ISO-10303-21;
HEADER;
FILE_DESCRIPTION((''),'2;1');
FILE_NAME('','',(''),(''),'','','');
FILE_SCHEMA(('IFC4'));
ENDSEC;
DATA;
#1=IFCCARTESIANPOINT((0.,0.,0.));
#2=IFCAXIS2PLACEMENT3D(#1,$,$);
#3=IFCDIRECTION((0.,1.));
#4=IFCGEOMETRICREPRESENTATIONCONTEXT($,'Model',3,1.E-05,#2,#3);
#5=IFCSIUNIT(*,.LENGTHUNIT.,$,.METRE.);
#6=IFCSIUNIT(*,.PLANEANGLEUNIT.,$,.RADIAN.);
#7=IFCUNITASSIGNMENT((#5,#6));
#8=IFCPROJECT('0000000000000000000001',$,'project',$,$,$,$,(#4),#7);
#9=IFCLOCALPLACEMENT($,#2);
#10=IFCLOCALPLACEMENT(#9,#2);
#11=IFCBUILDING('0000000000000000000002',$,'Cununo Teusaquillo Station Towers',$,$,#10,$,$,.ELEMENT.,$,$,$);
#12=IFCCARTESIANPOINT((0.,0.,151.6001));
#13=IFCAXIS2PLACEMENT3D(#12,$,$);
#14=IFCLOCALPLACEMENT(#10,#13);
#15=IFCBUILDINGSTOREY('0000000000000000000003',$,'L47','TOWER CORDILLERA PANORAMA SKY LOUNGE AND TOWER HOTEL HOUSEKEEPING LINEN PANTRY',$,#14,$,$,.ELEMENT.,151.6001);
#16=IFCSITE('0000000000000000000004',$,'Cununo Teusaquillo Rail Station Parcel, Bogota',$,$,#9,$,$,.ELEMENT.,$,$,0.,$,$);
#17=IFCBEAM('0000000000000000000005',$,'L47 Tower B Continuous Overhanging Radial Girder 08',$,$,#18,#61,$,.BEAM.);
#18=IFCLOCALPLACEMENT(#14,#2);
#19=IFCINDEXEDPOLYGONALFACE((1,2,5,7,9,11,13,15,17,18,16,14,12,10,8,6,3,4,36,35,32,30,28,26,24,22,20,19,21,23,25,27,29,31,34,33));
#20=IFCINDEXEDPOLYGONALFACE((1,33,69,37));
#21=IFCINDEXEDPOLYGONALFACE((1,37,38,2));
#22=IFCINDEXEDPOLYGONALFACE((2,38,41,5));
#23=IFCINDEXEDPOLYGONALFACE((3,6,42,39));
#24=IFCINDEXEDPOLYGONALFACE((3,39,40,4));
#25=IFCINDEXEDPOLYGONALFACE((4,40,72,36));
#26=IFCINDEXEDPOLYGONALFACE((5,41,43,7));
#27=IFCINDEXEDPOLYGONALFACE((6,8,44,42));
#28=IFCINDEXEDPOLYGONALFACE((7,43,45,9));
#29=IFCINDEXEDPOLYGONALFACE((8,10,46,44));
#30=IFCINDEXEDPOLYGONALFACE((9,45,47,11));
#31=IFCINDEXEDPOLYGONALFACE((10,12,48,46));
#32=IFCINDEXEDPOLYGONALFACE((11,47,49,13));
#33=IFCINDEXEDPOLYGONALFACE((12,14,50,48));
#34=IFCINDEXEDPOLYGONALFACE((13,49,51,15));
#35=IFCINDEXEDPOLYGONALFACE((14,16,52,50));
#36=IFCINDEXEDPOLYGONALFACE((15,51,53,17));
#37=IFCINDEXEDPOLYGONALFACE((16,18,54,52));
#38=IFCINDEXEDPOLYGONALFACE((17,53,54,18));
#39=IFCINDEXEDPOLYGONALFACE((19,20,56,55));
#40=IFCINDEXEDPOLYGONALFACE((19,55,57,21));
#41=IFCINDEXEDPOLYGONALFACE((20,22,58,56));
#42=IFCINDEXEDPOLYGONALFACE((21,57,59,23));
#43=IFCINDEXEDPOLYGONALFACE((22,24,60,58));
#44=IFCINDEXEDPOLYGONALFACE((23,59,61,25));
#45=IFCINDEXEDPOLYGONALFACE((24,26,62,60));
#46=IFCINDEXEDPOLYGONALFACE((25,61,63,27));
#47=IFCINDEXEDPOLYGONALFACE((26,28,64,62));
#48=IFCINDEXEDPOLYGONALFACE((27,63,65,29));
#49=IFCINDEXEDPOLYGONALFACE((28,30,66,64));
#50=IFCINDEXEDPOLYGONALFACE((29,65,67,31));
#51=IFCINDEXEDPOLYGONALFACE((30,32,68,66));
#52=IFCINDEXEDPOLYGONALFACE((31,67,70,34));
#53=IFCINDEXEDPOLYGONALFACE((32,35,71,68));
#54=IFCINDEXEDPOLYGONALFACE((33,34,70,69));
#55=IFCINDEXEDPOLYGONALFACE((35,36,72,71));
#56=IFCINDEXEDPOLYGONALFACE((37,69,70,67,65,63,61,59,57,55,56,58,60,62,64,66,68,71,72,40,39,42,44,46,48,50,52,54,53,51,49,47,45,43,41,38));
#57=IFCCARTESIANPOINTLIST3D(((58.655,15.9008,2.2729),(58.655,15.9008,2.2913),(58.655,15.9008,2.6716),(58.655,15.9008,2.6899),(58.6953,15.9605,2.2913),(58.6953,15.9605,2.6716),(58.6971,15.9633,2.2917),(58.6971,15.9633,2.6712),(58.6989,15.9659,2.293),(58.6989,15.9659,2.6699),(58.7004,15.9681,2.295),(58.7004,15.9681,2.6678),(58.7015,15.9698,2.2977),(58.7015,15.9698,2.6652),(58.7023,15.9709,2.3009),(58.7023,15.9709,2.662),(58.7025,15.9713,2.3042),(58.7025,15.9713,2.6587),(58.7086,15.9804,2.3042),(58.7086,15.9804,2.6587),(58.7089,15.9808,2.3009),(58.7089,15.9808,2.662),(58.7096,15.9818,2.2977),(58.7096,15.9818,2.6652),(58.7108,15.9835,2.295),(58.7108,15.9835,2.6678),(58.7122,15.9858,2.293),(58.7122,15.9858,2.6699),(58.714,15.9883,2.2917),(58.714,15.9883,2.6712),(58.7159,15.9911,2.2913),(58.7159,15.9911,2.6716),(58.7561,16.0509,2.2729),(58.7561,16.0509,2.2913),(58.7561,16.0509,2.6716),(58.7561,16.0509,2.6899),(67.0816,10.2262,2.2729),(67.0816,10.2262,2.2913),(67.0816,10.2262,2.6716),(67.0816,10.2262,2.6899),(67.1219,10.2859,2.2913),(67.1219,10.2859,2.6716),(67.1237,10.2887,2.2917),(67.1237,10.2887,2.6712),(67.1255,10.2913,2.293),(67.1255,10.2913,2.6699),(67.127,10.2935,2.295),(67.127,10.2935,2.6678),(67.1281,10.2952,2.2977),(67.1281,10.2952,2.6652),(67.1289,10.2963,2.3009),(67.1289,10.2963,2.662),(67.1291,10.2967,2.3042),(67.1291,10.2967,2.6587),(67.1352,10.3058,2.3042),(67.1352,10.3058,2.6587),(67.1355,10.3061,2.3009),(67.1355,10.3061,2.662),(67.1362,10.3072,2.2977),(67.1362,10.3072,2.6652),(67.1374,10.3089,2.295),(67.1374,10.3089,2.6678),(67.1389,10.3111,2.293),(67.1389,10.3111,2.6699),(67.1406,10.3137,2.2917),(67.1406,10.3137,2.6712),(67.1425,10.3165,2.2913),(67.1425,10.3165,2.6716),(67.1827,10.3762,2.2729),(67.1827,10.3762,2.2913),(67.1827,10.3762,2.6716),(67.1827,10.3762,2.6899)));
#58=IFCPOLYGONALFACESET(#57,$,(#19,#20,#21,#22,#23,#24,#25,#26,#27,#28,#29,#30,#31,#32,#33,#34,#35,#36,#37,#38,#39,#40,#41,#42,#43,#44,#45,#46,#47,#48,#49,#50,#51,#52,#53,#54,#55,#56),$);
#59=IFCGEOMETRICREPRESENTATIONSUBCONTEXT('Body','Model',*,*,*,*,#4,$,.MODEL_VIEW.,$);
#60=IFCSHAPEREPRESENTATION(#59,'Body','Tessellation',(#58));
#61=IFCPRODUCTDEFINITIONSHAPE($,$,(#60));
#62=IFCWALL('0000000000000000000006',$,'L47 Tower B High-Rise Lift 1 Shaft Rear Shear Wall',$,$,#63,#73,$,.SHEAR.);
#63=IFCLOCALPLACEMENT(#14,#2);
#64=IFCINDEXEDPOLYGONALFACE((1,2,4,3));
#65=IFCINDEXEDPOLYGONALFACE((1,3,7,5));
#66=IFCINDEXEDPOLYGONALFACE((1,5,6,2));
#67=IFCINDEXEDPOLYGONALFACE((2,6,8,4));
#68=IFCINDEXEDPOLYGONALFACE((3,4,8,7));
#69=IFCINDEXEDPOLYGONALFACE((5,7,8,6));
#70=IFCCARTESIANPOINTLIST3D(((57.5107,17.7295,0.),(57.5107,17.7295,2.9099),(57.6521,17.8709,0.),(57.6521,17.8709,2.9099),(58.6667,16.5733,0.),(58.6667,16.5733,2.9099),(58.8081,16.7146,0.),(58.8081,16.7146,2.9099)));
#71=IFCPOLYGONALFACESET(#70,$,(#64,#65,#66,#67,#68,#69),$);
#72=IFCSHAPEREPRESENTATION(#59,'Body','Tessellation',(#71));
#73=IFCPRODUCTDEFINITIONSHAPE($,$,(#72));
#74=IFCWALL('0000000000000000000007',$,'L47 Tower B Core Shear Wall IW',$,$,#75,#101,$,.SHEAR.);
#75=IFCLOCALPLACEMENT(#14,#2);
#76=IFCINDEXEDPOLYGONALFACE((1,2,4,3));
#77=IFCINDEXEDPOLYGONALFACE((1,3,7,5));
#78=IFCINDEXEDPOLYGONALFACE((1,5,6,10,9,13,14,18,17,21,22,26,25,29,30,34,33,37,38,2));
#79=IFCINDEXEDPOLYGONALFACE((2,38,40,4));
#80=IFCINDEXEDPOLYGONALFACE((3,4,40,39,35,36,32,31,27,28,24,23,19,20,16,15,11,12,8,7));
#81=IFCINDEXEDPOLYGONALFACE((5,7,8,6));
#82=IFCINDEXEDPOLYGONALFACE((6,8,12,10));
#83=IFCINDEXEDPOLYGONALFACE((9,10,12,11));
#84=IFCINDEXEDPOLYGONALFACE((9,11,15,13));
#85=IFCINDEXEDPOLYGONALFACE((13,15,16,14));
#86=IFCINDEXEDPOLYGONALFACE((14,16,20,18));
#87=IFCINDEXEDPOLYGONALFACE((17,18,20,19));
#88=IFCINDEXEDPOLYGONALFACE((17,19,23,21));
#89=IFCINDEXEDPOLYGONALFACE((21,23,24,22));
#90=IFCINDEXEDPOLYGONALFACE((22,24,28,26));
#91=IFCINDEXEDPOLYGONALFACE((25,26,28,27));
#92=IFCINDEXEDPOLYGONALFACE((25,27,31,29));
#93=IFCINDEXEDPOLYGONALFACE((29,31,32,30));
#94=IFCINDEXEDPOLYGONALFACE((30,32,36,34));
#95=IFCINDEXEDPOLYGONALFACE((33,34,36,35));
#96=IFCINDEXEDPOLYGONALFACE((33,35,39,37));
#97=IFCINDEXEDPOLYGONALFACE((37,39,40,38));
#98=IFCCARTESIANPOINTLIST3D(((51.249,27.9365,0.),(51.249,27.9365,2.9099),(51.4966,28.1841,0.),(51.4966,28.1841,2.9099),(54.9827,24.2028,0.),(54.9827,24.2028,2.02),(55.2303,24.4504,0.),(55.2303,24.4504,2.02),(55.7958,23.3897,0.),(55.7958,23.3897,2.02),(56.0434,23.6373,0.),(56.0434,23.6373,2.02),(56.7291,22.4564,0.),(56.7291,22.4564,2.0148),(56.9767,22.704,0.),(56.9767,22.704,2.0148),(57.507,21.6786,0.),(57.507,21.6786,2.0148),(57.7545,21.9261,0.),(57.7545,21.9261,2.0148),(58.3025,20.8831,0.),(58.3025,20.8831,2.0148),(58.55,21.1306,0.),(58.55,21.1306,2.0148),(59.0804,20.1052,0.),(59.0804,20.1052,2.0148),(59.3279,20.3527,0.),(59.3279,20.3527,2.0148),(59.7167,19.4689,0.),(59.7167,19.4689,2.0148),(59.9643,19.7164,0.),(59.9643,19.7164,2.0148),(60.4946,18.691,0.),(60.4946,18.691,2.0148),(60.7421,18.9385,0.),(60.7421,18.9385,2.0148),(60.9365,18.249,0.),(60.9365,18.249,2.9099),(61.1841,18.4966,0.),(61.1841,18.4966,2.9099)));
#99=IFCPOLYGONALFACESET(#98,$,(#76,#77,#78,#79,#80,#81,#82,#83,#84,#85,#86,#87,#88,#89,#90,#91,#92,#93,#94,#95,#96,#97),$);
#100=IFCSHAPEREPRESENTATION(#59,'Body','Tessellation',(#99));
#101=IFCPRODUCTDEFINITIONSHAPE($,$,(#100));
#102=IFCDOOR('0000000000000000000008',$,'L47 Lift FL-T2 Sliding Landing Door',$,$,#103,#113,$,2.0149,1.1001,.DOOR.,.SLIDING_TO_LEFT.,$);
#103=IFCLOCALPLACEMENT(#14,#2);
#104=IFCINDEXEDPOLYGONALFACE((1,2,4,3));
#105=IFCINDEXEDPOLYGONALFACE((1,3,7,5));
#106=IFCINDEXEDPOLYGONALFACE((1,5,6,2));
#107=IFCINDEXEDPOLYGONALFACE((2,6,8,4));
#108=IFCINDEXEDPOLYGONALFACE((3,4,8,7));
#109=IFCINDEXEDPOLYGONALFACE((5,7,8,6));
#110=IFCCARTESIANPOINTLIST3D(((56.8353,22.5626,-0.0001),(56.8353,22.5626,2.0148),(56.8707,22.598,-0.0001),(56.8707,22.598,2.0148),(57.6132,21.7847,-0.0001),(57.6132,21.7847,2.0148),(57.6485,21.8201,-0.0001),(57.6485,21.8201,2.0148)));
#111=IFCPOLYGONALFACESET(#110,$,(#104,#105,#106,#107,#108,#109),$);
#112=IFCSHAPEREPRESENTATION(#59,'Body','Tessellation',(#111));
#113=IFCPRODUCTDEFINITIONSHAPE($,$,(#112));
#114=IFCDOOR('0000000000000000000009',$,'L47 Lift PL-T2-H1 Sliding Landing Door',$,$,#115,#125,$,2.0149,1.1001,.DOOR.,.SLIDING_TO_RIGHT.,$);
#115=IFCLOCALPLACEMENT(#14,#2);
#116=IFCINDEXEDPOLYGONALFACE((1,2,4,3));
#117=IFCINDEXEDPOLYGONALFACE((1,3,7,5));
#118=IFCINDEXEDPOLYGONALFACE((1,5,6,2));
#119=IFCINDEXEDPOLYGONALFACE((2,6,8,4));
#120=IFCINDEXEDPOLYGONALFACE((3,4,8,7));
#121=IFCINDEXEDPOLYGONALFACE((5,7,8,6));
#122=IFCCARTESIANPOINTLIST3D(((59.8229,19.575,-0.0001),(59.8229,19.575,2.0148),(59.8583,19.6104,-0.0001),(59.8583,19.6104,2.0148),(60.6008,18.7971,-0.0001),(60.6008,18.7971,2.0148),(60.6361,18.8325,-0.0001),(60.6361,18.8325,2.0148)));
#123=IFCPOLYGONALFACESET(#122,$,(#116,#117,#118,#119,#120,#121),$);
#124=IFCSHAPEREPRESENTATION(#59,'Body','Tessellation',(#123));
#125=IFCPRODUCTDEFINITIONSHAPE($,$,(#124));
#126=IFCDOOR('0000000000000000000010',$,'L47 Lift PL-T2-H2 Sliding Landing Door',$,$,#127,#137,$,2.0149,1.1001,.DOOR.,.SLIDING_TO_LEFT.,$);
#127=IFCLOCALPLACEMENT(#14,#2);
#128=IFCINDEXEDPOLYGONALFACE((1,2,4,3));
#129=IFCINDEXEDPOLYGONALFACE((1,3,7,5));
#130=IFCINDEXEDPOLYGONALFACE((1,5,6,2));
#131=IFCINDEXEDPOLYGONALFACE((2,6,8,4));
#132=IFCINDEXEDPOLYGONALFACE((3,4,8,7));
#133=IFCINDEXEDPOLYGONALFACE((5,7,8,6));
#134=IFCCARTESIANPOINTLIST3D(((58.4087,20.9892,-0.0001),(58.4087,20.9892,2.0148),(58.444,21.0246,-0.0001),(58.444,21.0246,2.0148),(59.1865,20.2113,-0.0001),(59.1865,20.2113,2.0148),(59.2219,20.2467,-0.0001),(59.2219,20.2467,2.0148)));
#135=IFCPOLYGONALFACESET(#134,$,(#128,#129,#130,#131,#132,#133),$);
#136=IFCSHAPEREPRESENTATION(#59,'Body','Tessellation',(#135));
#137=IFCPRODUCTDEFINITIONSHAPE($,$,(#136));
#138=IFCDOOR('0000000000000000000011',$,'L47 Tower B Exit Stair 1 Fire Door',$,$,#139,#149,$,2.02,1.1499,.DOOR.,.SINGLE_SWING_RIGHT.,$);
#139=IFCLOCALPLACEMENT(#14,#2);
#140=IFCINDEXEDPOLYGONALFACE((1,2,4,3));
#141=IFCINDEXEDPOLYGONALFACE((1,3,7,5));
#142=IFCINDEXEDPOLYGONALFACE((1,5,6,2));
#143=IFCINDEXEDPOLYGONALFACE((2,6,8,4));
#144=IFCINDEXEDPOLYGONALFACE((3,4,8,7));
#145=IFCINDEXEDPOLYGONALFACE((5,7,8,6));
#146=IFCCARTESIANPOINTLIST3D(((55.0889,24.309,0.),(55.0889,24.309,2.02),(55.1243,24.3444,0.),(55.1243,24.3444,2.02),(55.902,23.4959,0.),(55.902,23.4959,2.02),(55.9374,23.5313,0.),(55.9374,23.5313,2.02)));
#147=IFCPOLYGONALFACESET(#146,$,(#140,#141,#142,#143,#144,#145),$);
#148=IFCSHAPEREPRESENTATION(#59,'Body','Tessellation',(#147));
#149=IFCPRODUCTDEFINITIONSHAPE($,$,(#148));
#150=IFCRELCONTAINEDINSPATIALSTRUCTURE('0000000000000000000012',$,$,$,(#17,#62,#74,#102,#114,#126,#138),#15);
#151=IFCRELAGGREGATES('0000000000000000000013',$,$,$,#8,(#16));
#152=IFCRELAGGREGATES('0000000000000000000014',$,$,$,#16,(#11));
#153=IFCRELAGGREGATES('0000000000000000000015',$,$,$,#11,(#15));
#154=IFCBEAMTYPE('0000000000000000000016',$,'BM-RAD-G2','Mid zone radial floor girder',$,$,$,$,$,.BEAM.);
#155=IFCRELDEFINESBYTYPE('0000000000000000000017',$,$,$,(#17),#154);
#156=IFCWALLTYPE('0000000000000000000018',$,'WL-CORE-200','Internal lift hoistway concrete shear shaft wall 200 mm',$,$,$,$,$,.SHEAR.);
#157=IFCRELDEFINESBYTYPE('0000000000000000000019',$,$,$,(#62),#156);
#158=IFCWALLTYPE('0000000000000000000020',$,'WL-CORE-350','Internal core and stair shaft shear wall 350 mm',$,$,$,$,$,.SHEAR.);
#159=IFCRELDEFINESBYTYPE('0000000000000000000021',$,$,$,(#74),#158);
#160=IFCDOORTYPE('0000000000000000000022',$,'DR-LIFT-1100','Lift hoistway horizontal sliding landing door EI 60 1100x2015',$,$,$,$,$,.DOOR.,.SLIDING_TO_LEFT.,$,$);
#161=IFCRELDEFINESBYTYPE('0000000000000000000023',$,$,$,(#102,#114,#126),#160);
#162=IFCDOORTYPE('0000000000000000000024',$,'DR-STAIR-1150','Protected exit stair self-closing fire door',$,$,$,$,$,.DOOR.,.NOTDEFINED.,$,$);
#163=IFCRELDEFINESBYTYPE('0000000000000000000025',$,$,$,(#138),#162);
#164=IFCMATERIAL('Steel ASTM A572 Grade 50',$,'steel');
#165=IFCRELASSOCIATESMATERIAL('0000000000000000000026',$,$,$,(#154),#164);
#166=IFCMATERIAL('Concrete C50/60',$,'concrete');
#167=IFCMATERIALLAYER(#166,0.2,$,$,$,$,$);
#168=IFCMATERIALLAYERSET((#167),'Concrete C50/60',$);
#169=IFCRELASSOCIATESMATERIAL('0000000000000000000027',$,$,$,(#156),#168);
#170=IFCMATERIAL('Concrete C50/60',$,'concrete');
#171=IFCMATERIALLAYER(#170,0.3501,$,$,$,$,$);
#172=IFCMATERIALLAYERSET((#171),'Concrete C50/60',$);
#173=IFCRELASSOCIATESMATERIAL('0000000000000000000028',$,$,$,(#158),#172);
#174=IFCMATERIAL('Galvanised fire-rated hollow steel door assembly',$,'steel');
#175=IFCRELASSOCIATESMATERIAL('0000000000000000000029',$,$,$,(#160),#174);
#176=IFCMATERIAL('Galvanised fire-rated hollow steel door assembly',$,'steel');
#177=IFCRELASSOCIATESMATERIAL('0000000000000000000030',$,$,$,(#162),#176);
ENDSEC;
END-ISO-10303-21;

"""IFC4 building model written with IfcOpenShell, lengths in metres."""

from ifc_helpers import new_model, si_unit, direction, frame, frame_2d, origin, origin_2d, place, context, subcontext, project, spatial, rectangle, i_section, extrude, source, transform, mapped, material, layer, layer_set, material_profile, profile_set, type_object, element, fill, save


model = new_model("IFC4")

# Units and contexts
model_context = context("Model", 3, precision=1e-05, world=origin(), true_north=direction((0.0, 1.0)))
body_context = subcontext(model_context, "Body", "Model", "MODEL_VIEW")
ifc_project = project(units=[si_unit("LENGTHUNIT", "METRE"), si_unit("PLANEANGLEUNIT", "RADIAN")], contexts=[model_context])

# Site, building, storey
site_placement = place(None, origin())
site = spatial("IfcSite", under=ifc_project, at=site_placement, Name="Cununo Teusaquillo Rail Station Parcel, Bogota", CompositionType="ELEMENT", RefElevation=0.0)
building_placement = place(site_placement, origin())
building = spatial("IfcBuilding", under=site, at=building_placement, Name="Cununo Teusaquillo Station Towers", CompositionType="ELEMENT")
storey_placement = place(building_placement, frame((0.0, 0.0, 151.6001)))
storey = spatial("IfcBuildingStorey", under=building, at=storey_placement, Name="L47", Description="TOWER CORDILLERA PANORAMA SKY LOUNGE AND TOWER HOTEL HOUSEKEEPING LINEN PANTRY", CompositionType="ELEMENT", Elevation=151.6001)

# Beam
ifc_material_1 = material(Name="Steel ASTM A572 Grade 50", Category="steel")
ifc_material_profile_1 = material_profile(ifc_material_1, i_section(OverallWidth=0.1809, OverallDepth=0.417, WebThickness=0.011, FlangeThickness=0.0183, FilletRadius=0.0129, at=origin_2d()), Name="W16X57")
ifc_profile_set_1 = profile_set([ifc_material_profile_1], Name="Steel ASTM A572 Grade 50")
beam_type_1 = type_object("IfcBeamType", Name="BM-RAD-G2", Description="Mid zone radial floor girder", PredefinedType="BEAM", material=ifc_profile_set_1)
beam_1_placement = place(storey_placement, frame((58.7056, 15.9758, 2.4814), z_axis=(0.829457, -0.558571, 0.0), x_axis=(0.558571, 0.829457, 0.0)))
element("IfcBeam", 1, at=beam_1_placement, inside=storey, type_object=beam_type_1, Name="L47 Tower B Continuous Overhanging Radial Girder 08", PredefinedType="BEAM", context=body_context, shape_type="SweptSolid", body=[
    extrude(i_section(OverallWidth=0.1809, OverallDepth=0.417, WebThickness=0.011, FlangeThickness=0.0183, FilletRadius=0.0129, at=origin_2d()), origin(), (0.0, 0.0, 1.0), 10.1592),
])

# Wall
ifc_material_2 = material(Name="Concrete C50/60", Category="concrete")
ifc_layer_1 = layer(ifc_material_2, 0.2)
ifc_layer_set_1 = layer_set([ifc_layer_1], Name="Concrete C50/60")
wall_type_1 = type_object("IfcWallType", Name="WL-CORE-200", Description="Internal lift hoistway concrete shear shaft wall 200 mm", PredefinedType="SHEAR", material=ifc_layer_set_1)
wall_1_placement = place(storey_placement, frame((58.7373, 16.644, 0.0), z_axis=(0.0, 0.0, 1.0), x_axis=(-0.707032, 0.707181, 0.0)))
element("IfcWall", 2, at=wall_1_placement, inside=storey, type_object=wall_type_1, Name="L47 Tower B High-Rise Lift 1 Shaft Rear Shear Wall", PredefinedType="SHEAR", context=body_context, shape_type="SweptSolid", body=[
    extrude(rectangle(XDim=1.635, YDim=0.2, at=frame_2d((0.8174, 0.0))), origin(), (0.0, 0.0, 1.0), 2.9099),
])

# Wall, openings, doors
ifc_material_3 = material(Name="Concrete C50/60", Category="concrete")
ifc_layer_2 = layer(ifc_material_3, 0.3501)
ifc_layer_set_2 = layer_set([ifc_layer_2], Name="Concrete C50/60")
wall_type_2 = type_object("IfcWallType", Name="WL-CORE-350", Description="Internal core and stair shaft shear wall 350 mm", PredefinedType="SHEAR", material=ifc_layer_set_2)
wall_2_placement = place(storey_placement, frame((61.0603, 18.3728, 0.0), z_axis=(0.0, 0.0, 1.0), x_axis=(-0.707107, 0.707107, 0.0)))
wall_2 = element("IfcWall", 3, at=wall_2_placement, inside=storey, type_object=wall_type_2, Name="L47 Tower B Core Shear Wall IW", PredefinedType="SHEAR", context=body_context, shape_type="SweptSolid", body=[
    extrude(rectangle(XDim=13.7002, YDim=0.3501, at=frame_2d((6.8501, 0.0))), origin(), (0.0, 0.0, 1.0), 2.9099),
])
shared_shape_1 = source(origin(), body_context, "Body", "SweptSolid", [
    extrude(rectangle(XDim=1.1001, YDim=2.0149, at=frame_2d((0.55, 1.0073))), frame((0.0, 0.1851, 0.0), z_axis=(0.0, -1.0, 0.0), x_axis=(1.0, 0.0, 0.0)), (0.0, 0.0, 1.0), 0.3701),
])
opening_1_placement = place(wall_2_placement, frame((4.8501, 0.0, 0.0)))
opening_1 = element("IfcOpeningElement", 4, at=opening_1_placement, cuts=wall_2, PredefinedType="OPENING", context=body_context, shape_type="MappedRepresentation", body=[
    mapped(shared_shape_1, transform((0.0, 0.0, 0.0), x_axis=(1.0, 0.0, 0.0), y_axis=(0.0, 1.0, 0.0), z_axis=(0.0, 0.0, 1.0), scale=1.0)),
])
opening_2_placement = place(wall_2_placement, frame((0.625, 0.0, 0.0)))
opening_2 = element("IfcOpeningElement", 5, at=opening_2_placement, cuts=wall_2, PredefinedType="OPENING", context=body_context, shape_type="MappedRepresentation", body=[
    mapped(shared_shape_1, transform((0.0, 0.0, 0.0), x_axis=(1.0, 0.0, 0.0), y_axis=(0.0, 1.0, 0.0), z_axis=(0.0, 0.0, 1.0), scale=1.0)),
])
opening_3_placement = place(wall_2_placement, frame((2.625, 0.0, 0.0)))
opening_3 = element("IfcOpeningElement", 6, at=opening_3_placement, cuts=wall_2, PredefinedType="OPENING", context=body_context, shape_type="MappedRepresentation", body=[
    mapped(shared_shape_1, transform((0.0, 0.0, 0.0), x_axis=(1.0, 0.0, 0.0), y_axis=(0.0, 1.0, 0.0), z_axis=(0.0, 0.0, 1.0), scale=1.0)),
])
shared_shape_2 = source(origin(), body_context, "Body", "SweptSolid", [
    extrude(rectangle(XDim=1.1499, YDim=2.02, at=frame_2d((0.575, 1.01))), frame((0.0, 0.1851, 0.0), z_axis=(0.0, -1.0, 0.0), x_axis=(1.0, 0.0, 0.0)), (0.0, 0.0, 1.0), 0.3701),
])
opening_4_placement = place(wall_2_placement, frame((7.27, 0.0, 0.0)))
opening_4 = element("IfcOpeningElement", 7, at=opening_4_placement, cuts=wall_2, PredefinedType="OPENING", context=body_context, shape_type="MappedRepresentation", body=[
    mapped(shared_shape_2, transform((0.0, 0.0, 0.0), x_axis=(1.0, 0.0, 0.0), y_axis=(0.0, 1.0, 0.0), z_axis=(0.0, 0.0, 1.0), scale=1.0)),
])
ifc_material_4 = material(Name="Galvanised fire-rated hollow steel door assembly", Category="steel")
door_type_1 = type_object("IfcDoorType", Name="DR-LIFT-1100", Description="Lift hoistway horizontal sliding landing door EI 60 1100x2015", OperationType="SLIDING_TO_LEFT", PredefinedType="DOOR", material=ifc_material_4)
shared_shape_3 = source(origin(), body_context, "Body", "SweptSolid", [
    extrude(rectangle(XDim=1.1001, YDim=2.0149, at=frame_2d((0.55, 1.0073))), frame((0.0, 0.0249, 0.0), z_axis=(0.0, -1.0, 0.0), x_axis=(1.0, 0.0, 0.0)), (0.0, 0.0, 1.0), 0.05),
])
door_1_placement = place(opening_1_placement, origin())
door_1 = element("IfcDoor", 8, at=door_1_placement, inside=storey, type_object=door_type_1, Name="L47 Lift FL-T2 Sliding Landing Door", OperationType="SLIDING_TO_LEFT", OverallHeight=2.0149, OverallWidth=1.1001, PredefinedType="DOOR", context=body_context, shape_type="MappedRepresentation", body=[
    mapped(shared_shape_3, transform((0.0, 0.0, 0.0), x_axis=(1.0, 0.0, 0.0), y_axis=(0.0, 1.0, 0.0), z_axis=(0.0, 0.0, 1.0), scale=1.0)),
])
fill(opening_1, door_1)
door_2_placement = place(opening_2_placement, origin())
door_2 = element("IfcDoor", 9, at=door_2_placement, inside=storey, type_object=door_type_1, Name="L47 Lift PL-T2-H1 Sliding Landing Door", OperationType="SLIDING_TO_RIGHT", OverallHeight=2.0149, OverallWidth=1.1001, PredefinedType="DOOR", context=body_context, shape_type="MappedRepresentation", body=[
    mapped(shared_shape_3, transform((0.0, 0.0, 0.0), x_axis=(1.0, 0.0, 0.0), y_axis=(0.0, 1.0, 0.0), z_axis=(0.0, 0.0, 1.0), scale=1.0)),
])
fill(opening_2, door_2)
door_3_placement = place(opening_3_placement, origin())
door_3 = element("IfcDoor", 10, at=door_3_placement, inside=storey, type_object=door_type_1, Name="L47 Lift PL-T2-H2 Sliding Landing Door", OperationType="SLIDING_TO_LEFT", OverallHeight=2.0149, OverallWidth=1.1001, PredefinedType="DOOR", context=body_context, shape_type="MappedRepresentation", body=[
    mapped(shared_shape_3, transform((0.0, 0.0, 0.0), x_axis=(1.0, 0.0, 0.0), y_axis=(0.0, 1.0, 0.0), z_axis=(0.0, 0.0, 1.0), scale=1.0)),
])
fill(opening_3, door_3)
ifc_material_5 = material(Name="Galvanised fire-rated hollow steel door assembly", Category="steel")
door_type_2 = type_object("IfcDoorType", Name="DR-STAIR-1150", Description="Protected exit stair self-closing fire door", OperationType="NOTDEFINED", PredefinedType="DOOR", material=ifc_material_5)
shared_shape_4 = source(origin(), body_context, "Body", "SweptSolid", [
    extrude(rectangle(XDim=1.1499, YDim=2.02, at=frame_2d((0.575, 1.01))), frame((0.0, 0.0249, 0.0), z_axis=(0.0, -1.0, 0.0), x_axis=(1.0, 0.0, 0.0)), (0.0, 0.0, 1.0), 0.05),
])
door_4_placement = place(opening_4_placement, origin())
door_4 = element("IfcDoor", 11, at=door_4_placement, inside=storey, type_object=door_type_2, Name="L47 Tower B Exit Stair 1 Fire Door", OperationType="SINGLE_SWING_RIGHT", OverallHeight=2.02, OverallWidth=1.1499, PredefinedType="DOOR", context=body_context, shape_type="MappedRepresentation", body=[
    mapped(shared_shape_4, transform((0.0, 0.0, 0.0), x_axis=(1.0, 0.0, 0.0), y_axis=(0.0, 1.0, 0.0), z_axis=(0.0, 0.0, 1.0), scale=1.0)),
])
fill(opening_4, door_4)

save(model, "model.ifc")
